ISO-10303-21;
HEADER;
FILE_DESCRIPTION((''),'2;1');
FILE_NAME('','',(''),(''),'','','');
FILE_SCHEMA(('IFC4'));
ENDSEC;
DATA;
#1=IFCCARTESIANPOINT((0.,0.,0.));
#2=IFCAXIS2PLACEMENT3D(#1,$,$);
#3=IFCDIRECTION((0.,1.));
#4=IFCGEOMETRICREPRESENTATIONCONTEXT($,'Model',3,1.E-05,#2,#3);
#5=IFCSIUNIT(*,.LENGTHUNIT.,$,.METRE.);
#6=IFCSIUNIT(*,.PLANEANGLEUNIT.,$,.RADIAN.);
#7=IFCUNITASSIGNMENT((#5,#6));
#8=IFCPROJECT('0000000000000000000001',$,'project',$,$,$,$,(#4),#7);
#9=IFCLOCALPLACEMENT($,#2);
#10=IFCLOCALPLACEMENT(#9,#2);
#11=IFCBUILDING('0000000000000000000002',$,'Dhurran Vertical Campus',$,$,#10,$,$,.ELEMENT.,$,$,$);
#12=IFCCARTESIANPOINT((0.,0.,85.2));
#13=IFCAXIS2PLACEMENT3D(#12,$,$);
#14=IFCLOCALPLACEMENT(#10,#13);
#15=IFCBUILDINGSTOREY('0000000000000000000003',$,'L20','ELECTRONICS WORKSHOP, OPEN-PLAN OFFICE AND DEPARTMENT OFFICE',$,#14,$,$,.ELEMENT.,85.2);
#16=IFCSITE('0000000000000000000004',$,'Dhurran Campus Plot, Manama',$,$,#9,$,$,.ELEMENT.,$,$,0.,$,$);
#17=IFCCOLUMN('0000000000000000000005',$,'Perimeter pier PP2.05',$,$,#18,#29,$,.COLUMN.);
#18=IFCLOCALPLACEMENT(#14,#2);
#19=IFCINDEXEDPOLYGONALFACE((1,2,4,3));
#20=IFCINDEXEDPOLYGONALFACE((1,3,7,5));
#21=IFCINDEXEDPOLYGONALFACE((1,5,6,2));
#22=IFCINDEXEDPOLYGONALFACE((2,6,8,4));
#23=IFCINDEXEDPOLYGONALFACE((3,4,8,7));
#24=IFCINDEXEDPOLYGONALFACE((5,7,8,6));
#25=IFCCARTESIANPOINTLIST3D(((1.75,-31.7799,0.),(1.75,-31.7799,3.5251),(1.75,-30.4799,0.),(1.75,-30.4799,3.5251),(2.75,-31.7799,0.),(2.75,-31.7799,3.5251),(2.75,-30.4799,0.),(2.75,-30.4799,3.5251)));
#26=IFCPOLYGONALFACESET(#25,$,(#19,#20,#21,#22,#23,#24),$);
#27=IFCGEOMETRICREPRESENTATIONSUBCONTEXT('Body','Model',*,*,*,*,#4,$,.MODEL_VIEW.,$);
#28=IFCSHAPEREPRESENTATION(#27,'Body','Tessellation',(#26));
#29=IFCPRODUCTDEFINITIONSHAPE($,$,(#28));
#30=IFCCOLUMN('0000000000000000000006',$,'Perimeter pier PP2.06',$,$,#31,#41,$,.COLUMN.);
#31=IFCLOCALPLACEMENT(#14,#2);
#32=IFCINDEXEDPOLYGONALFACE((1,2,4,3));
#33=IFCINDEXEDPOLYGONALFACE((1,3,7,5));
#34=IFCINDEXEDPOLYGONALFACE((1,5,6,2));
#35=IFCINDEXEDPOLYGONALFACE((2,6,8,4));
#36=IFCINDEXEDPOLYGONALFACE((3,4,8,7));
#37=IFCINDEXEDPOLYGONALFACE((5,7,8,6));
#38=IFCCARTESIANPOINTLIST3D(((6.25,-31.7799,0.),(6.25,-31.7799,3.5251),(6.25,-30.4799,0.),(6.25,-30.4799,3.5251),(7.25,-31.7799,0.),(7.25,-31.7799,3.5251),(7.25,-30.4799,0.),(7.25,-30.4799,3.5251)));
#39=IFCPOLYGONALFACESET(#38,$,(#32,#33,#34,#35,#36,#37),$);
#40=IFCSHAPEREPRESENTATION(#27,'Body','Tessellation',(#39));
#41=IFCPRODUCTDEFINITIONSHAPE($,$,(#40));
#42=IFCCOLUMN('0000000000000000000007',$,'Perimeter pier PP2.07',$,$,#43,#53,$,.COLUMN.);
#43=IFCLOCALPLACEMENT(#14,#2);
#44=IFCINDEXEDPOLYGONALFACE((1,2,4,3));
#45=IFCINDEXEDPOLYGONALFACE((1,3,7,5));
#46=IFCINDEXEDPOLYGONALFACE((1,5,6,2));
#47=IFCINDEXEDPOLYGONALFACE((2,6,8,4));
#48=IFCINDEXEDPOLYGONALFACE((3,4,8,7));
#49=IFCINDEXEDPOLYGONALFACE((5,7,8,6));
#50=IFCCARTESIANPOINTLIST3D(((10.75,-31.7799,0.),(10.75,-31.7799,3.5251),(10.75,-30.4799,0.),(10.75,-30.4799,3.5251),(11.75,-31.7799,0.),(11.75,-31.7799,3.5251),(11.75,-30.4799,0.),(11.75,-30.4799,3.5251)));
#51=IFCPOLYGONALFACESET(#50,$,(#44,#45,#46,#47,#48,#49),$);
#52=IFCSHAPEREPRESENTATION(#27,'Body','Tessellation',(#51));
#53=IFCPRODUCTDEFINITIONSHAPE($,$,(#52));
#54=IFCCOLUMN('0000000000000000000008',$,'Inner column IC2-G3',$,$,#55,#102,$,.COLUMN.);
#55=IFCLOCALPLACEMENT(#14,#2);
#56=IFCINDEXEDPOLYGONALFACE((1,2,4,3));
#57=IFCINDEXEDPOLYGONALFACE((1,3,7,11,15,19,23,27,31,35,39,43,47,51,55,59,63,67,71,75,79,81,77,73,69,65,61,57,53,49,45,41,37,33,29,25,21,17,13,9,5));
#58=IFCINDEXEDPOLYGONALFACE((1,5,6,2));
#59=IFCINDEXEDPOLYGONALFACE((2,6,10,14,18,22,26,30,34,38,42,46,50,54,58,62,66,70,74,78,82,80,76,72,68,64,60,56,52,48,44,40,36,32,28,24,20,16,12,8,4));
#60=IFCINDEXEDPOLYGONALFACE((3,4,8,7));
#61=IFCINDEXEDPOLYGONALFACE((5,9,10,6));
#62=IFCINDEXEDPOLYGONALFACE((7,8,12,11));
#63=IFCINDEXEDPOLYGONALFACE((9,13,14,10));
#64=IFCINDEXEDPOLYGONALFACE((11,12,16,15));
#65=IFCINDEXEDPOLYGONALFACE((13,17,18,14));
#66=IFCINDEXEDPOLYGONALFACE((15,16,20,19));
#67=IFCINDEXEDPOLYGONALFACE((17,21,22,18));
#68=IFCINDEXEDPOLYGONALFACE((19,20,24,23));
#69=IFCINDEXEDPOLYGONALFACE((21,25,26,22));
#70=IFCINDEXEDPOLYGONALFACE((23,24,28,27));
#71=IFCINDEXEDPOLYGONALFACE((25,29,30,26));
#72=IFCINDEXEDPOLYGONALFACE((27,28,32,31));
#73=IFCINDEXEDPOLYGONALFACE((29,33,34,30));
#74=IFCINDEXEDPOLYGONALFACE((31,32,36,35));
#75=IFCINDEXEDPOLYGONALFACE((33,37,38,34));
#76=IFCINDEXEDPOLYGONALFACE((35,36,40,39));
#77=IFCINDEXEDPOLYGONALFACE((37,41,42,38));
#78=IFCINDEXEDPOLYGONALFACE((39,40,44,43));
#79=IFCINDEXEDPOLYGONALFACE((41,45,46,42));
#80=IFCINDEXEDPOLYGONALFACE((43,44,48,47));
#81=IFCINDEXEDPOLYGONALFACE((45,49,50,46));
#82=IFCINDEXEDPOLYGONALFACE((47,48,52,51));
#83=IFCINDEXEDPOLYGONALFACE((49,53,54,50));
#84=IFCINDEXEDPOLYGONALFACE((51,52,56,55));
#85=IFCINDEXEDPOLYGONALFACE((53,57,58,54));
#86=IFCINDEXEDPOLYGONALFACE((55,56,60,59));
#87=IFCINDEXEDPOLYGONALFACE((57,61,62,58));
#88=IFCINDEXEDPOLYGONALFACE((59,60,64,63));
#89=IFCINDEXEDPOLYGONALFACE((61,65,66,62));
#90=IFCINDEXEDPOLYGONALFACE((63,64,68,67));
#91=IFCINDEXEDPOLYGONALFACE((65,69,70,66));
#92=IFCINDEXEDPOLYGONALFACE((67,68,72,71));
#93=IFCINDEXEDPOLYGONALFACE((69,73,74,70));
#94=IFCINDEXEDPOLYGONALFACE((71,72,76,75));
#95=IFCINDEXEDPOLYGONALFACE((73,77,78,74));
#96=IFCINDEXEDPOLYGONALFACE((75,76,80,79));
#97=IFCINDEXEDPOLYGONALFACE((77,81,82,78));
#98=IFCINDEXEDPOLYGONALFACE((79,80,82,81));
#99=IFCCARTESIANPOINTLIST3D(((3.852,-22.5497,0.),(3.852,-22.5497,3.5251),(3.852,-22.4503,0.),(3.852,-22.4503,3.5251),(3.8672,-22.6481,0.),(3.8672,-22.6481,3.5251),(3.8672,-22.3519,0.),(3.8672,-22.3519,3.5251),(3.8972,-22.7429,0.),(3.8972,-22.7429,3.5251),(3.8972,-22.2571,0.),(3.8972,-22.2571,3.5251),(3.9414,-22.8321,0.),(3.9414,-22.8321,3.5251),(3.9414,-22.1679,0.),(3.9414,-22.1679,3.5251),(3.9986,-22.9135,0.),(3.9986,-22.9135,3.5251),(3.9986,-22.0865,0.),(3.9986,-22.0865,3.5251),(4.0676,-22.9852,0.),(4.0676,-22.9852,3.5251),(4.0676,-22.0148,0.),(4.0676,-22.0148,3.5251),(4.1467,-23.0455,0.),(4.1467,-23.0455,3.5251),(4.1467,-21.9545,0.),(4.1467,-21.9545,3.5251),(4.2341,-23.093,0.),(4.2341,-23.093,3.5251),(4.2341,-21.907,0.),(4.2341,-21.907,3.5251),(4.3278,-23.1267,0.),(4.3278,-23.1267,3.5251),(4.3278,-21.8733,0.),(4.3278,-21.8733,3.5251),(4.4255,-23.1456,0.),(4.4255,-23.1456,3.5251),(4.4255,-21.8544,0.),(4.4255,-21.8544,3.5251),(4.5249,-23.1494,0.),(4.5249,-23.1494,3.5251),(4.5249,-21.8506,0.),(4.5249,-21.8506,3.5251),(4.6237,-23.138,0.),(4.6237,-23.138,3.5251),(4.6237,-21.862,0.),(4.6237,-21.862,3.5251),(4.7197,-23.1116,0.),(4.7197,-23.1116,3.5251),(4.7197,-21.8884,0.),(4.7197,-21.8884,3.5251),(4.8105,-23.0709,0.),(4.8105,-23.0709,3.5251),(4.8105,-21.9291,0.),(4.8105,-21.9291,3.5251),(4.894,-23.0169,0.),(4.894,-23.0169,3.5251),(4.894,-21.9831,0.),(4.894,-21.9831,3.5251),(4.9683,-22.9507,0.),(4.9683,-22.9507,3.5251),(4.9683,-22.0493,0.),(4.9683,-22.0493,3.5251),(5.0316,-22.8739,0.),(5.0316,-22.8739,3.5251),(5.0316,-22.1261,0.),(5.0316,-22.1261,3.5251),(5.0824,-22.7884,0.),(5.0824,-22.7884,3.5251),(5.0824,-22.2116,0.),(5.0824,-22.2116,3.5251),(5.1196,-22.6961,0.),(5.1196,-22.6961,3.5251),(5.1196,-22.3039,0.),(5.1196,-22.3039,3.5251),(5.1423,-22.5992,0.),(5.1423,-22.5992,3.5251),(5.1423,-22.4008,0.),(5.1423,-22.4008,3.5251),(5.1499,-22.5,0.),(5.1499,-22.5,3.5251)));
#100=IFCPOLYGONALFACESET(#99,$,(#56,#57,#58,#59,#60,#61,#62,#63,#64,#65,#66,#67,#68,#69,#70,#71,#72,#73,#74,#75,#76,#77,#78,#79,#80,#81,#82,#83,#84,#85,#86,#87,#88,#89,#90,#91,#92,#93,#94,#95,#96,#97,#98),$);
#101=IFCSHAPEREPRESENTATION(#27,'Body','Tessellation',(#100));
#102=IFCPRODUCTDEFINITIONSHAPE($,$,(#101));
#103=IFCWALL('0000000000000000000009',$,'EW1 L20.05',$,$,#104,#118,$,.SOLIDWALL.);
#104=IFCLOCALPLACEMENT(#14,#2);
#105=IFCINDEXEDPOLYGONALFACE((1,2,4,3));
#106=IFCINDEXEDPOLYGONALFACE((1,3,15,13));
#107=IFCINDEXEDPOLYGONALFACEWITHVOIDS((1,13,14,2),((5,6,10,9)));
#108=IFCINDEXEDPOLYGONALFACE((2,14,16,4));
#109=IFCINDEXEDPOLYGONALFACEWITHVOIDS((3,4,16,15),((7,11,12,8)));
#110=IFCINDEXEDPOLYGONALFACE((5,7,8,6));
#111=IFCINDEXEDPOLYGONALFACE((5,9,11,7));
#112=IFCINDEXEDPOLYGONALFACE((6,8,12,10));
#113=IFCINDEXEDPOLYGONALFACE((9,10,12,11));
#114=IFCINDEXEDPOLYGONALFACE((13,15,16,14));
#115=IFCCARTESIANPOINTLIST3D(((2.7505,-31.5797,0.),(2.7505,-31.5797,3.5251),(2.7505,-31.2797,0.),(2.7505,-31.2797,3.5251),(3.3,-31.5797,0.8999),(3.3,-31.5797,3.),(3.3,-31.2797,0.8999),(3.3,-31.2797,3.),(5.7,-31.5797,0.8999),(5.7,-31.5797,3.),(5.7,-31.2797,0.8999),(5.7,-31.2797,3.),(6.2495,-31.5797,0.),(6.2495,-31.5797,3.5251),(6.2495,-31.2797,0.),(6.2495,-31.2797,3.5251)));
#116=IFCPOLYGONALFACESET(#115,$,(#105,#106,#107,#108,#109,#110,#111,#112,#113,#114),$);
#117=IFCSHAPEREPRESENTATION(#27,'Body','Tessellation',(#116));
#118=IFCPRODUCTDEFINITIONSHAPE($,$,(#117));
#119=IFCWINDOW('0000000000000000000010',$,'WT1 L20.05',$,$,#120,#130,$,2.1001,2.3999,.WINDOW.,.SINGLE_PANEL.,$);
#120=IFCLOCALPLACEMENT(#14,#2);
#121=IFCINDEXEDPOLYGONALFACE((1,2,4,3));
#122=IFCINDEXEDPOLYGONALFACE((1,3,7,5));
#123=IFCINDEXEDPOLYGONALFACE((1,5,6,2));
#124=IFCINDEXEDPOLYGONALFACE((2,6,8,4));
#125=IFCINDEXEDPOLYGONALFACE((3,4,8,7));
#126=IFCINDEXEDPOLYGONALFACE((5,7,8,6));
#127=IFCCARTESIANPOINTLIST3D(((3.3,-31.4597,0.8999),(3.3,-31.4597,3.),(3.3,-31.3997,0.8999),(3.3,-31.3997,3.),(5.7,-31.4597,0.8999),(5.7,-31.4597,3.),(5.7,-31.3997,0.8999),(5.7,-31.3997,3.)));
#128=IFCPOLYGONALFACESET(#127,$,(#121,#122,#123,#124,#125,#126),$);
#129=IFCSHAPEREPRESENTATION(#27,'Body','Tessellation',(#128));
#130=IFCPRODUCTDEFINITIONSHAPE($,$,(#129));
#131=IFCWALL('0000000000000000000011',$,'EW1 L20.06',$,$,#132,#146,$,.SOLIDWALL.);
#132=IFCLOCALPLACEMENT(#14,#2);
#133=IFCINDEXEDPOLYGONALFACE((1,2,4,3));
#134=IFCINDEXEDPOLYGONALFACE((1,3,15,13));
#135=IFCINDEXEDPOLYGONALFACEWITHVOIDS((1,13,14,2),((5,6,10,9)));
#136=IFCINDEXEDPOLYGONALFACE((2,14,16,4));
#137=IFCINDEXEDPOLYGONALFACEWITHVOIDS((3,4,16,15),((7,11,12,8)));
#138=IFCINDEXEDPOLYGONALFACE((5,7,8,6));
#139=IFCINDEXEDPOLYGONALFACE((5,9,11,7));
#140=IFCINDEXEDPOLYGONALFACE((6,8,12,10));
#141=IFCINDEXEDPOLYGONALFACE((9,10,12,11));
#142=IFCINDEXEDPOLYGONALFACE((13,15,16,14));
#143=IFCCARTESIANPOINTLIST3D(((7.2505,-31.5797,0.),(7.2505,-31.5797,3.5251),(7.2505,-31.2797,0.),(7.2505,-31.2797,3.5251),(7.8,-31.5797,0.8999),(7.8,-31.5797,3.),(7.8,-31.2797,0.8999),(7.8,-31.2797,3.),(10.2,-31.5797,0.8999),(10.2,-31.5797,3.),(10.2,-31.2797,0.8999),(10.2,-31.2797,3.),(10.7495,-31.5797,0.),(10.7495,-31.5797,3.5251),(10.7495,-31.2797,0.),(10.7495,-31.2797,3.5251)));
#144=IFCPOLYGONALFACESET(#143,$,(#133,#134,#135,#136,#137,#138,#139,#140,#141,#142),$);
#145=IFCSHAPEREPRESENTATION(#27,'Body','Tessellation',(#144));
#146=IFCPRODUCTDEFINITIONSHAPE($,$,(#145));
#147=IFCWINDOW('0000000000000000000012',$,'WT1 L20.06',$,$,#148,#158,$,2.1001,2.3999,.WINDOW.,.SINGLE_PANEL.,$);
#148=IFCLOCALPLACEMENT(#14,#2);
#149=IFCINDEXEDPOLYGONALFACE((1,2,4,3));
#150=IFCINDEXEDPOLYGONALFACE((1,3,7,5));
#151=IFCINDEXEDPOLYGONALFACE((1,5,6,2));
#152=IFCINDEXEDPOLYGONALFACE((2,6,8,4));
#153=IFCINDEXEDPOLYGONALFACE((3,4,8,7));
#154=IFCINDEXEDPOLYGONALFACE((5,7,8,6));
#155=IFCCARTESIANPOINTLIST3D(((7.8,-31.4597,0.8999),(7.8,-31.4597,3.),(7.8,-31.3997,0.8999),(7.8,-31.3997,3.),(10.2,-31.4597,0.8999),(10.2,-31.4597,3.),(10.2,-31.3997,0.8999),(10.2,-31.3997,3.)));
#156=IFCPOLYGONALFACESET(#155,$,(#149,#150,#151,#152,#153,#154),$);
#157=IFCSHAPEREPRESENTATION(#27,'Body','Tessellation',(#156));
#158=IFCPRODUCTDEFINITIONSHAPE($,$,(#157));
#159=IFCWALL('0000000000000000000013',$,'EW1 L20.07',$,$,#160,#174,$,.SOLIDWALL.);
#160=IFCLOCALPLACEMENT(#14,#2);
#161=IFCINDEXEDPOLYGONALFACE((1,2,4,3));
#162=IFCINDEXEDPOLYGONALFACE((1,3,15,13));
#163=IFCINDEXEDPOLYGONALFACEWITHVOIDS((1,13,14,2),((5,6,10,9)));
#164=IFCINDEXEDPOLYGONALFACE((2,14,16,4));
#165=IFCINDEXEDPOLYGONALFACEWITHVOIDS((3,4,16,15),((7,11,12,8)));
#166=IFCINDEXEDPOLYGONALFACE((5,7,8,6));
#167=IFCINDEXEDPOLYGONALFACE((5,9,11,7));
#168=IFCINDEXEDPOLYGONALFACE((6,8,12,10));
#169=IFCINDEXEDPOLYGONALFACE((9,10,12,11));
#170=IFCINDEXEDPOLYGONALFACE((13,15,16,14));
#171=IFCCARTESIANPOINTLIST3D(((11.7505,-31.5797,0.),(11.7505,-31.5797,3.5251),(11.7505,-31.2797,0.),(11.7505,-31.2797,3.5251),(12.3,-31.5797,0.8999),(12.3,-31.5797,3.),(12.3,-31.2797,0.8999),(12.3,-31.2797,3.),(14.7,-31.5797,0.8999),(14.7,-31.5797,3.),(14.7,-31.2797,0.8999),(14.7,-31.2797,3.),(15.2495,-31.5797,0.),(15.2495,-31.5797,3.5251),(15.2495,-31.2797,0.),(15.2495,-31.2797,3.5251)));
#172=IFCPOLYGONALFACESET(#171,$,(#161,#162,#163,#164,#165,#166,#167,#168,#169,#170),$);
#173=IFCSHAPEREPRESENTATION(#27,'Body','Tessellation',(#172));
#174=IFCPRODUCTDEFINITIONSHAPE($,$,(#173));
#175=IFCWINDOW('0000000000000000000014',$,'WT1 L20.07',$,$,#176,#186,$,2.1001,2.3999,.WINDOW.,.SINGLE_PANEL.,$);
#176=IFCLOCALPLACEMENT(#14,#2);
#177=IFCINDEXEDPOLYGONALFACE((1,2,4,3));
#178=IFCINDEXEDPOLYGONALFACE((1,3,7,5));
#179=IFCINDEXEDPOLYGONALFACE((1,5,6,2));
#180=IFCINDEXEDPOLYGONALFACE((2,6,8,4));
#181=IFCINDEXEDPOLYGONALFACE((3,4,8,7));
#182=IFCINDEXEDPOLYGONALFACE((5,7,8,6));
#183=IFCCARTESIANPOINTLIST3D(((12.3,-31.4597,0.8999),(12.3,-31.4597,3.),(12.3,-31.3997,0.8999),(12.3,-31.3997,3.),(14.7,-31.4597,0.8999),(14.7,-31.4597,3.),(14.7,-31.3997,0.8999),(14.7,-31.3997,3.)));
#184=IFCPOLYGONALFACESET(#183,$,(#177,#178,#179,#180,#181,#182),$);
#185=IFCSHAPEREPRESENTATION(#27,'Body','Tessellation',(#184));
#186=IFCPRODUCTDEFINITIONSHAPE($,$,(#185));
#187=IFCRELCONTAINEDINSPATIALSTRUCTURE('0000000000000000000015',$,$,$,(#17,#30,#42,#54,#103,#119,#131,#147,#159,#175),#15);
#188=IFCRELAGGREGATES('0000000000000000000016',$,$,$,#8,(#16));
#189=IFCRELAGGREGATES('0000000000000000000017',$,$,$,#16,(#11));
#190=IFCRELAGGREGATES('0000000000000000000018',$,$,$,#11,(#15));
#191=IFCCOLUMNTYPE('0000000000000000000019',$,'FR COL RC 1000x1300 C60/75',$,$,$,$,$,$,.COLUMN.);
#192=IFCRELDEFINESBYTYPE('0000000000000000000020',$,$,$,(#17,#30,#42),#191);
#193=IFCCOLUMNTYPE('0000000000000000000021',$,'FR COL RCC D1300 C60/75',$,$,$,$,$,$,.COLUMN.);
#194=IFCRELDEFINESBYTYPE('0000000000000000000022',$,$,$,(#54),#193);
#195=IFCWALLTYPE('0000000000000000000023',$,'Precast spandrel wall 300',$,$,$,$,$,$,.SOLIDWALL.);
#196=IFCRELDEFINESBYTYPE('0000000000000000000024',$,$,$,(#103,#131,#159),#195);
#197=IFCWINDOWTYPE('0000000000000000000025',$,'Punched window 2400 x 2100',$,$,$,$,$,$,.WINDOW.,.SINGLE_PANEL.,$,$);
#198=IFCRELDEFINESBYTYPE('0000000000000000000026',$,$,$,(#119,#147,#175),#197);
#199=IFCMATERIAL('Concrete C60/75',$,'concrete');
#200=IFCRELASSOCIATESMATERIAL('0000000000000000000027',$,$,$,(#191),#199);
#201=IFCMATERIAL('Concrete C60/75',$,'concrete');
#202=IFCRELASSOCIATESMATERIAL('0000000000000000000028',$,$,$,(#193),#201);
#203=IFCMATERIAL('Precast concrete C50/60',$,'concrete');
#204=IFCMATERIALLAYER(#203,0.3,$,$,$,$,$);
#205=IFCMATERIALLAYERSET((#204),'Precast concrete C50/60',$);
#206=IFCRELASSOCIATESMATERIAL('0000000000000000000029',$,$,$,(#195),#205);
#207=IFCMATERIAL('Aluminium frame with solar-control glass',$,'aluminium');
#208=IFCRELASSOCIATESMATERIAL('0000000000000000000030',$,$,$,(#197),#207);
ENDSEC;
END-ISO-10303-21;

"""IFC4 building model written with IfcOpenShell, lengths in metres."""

from ifc_helpers import new_model, si_unit, direction, frame, frame_2d, origin, origin_2d, place, context, subcontext, project, spatial, rectangle, circle, extrude, material, layer, layer_set, material_profile, profile_set, type_object, element, fill, save


model = new_model("IFC4")

# Units and contexts
model_context = context("Model", 3, precision=1e-05, world=origin(), true_north=direction((0.0, 1.0)))
body_context = subcontext(model_context, "Body", "Model", "MODEL_VIEW")
ifc_project = project(units=[si_unit("LENGTHUNIT", "METRE"), si_unit("PLANEANGLEUNIT", "RADIAN")], contexts=[model_context])

# Site, building, storey
site_placement = place(None, origin())
site = spatial("IfcSite", under=ifc_project, at=site_placement, Name="Dhurran Campus Plot, Manama", CompositionType="ELEMENT", RefElevation=0.0)
building_placement = place(site_placement, origin())
building = spatial("IfcBuilding", under=site, at=building_placement, Name="Dhurran Vertical Campus", CompositionType="ELEMENT")
storey_placement = place(building_placement, frame((0.0, 0.0, 85.2)))
storey = spatial("IfcBuildingStorey", under=building, at=storey_placement, Name="L20", Description="ELECTRONICS WORKSHOP, OPEN-PLAN OFFICE AND DEPARTMENT OFFICE", CompositionType="ELEMENT", Elevation=85.2)

# Columns
ifc_material_1 = material(Name="Concrete C60/75", Category="concrete")
ifc_material_profile_1 = material_profile(ifc_material_1, rectangle(XDim=1.0, YDim=1.3, at=origin_2d()), Name="RC 1000x1300")
ifc_profile_set_1 = profile_set([ifc_material_profile_1], Name="Concrete C60/75")
column_type_1 = type_object("IfcColumnType", Name="FR COL RC 1000x1300 C60/75", PredefinedType="COLUMN", material=ifc_profile_set_1)
for number, where, z_axis, x_axis, name in (
    (1, (2.25, -31.1299, 0.0), (0.0, 0.0, 1.0), (1.0, 0.0, 0.0), "Perimeter pier PP2.05"),
    (2, (6.75, -31.1299, 0.0), (0.0, 0.0, 1.0), (1.0, 0.0, 0.0), "Perimeter pier PP2.06"),
    (3, (11.25, -31.1299, 0.0), (0.0, 0.0, 1.0), (1.0, 0.0, 0.0), "Perimeter pier PP2.07"),
):
    element("IfcColumn", number, at=place(storey_placement, frame(where, z_axis=z_axis, x_axis=x_axis)), inside=storey, type_object=column_type_1, Name=name, PredefinedType="COLUMN", context=body_context, shape_type="SweptSolid", body=[
        extrude(rectangle(XDim=1.0, YDim=1.3, at=origin_2d()), origin(), (0.0, 0.0, 1.0), 3.5251),
    ])
ifc_material_2 = material(Name="Concrete C60/75", Category="concrete")
ifc_material_profile_2 = material_profile(ifc_material_2, circle(Radius=0.6499, at=origin_2d()), Name="RCC D1300")
ifc_profile_set_2 = profile_set([ifc_material_profile_2], Name="Concrete C60/75")
column_type_2 = type_object("IfcColumnType", Name="FR COL RCC D1300 C60/75", PredefinedType="COLUMN", material=ifc_profile_set_2)
column_placement = place(storey_placement, frame((4.5, -22.5, 0.0), z_axis=(0.0, 0.0, 1.0), x_axis=(1.0, 0.0, 0.0)))
element("IfcColumn", 4, at=column_placement, inside=storey, type_object=column_type_2, Name="Inner column IC2-G3", PredefinedType="COLUMN", context=body_context, shape_type="SweptSolid", body=[
    extrude(circle(Radius=0.6499, at=origin_2d()), origin(), (0.0, 0.0, 1.0), 3.5251),
])

# Walls, openings, windows
ifc_material_3 = material(Name="Precast concrete C50/60", Category="concrete")
ifc_layer_1 = layer(ifc_material_3, 0.3)
ifc_layer_set_1 = layer_set([ifc_layer_1], Name="Precast concrete C50/60")
wall_type_1 = type_object("IfcWallType", Name="Precast spandrel wall 300", PredefinedType="SOLIDWALL", material=ifc_layer_set_1)
wall_1_placement = place(storey_placement, frame((2.7505, -31.4297, 0.0), z_axis=(0.0, 0.0, 1.0), x_axis=(1.0, 0.0, 0.0)))
wall_1 = element("IfcWall", 5, at=wall_1_placement, inside=storey, type_object=wall_type_1, Name="EW1 L20.05", PredefinedType="SOLIDWALL", context=body_context, shape_type="SweptSolid", body=[
    extrude(rectangle(XDim=3.499, YDim=0.3, at=frame_2d((1.7495, 0.0))), origin(), (0.0, 0.0, 1.0), 3.5251),
])
opening_1_placement = place(wall_1_placement, frame((0.5496, 0.0, 0.8999)))
opening_1 = element("IfcOpeningElement", 6, at=opening_1_placement, cuts=wall_1, PredefinedType="OPENING", context=body_context, shape_type="SweptSolid", body=[
    extrude(rectangle(XDim=2.3999, YDim=2.1001, at=frame_2d((1.2, 1.05))), frame((0.0, 0.1599, 0.0), z_axis=(0.0, -1.0, 0.0), x_axis=(1.0, 0.0, 0.0)), (0.0, 0.0, 1.0), 0.3201),
])
ifc_material_4 = material(Name="Aluminium frame with solar-control glass", Category="aluminium")
window_type = type_object("IfcWindowType", Name="Punched window 2400 x 2100", PartitioningType="SINGLE_PANEL", PredefinedType="WINDOW", material=ifc_material_4)
window_1_placement = place(opening_1_placement, origin())
window_1 = element("IfcWindow", 7, at=window_1_placement, inside=storey, type_object=window_type, Name="WT1 L20.05", OverallHeight=2.1001, OverallWidth=2.3999, PartitioningType="SINGLE_PANEL", PredefinedType="WINDOW", context=body_context, shape_type="SweptSolid", body=[
    extrude(rectangle(XDim=2.3999, YDim=2.1001, at=frame_2d((1.2, 1.05))), frame((0.0, 0.03, 0.0), z_axis=(0.0, -1.0, 0.0), x_axis=(1.0, 0.0, 0.0)), (0.0, 0.0, 1.0), 0.0601),
])
fill(opening_1, window_1)
wall_2_placement = place(storey_placement, frame((7.2505, -31.4297, 0.0), z_axis=(0.0, 0.0, 1.0), x_axis=(1.0, 0.0, 0.0)))
wall_2 = element("IfcWall", 8, at=wall_2_placement, inside=storey, type_object=wall_type_1, Name="EW1 L20.06", PredefinedType="SOLIDWALL", context=body_context, shape_type="SweptSolid", body=[
    extrude(rectangle(XDim=3.499, YDim=0.3, at=frame_2d((1.7495, 0.0))), origin(), (0.0, 0.0, 1.0), 3.5251),
])
opening_2_placement = place(wall_2_placement, frame((0.5496, 0.0, 0.8999)))
opening_2 = element("IfcOpeningElement", 9, at=opening_2_placement, cuts=wall_2, PredefinedType="OPENING", context=body_context, shape_type="SweptSolid", body=[
    extrude(rectangle(XDim=2.3999, YDim=2.1001, at=frame_2d((1.2, 1.05))), frame((0.0, 0.1599, 0.0), z_axis=(0.0, -1.0, 0.0), x_axis=(1.0, 0.0, 0.0)), (0.0, 0.0, 1.0), 0.3201),
])
window_2_placement = place(opening_2_placement, origin())
window_2 = element("IfcWindow", 10, at=window_2_placement, inside=storey, type_object=window_type, Name="WT1 L20.06", OverallHeight=2.1001, OverallWidth=2.3999, PartitioningType="SINGLE_PANEL", PredefinedType="WINDOW", context=body_context, shape_type="SweptSolid", body=[
    extrude(rectangle(XDim=2.3999, YDim=2.1001, at=frame_2d((1.2, 1.05))), frame((0.0, 0.03, 0.0), z_axis=(0.0, -1.0, 0.0), x_axis=(1.0, 0.0, 0.0)), (0.0, 0.0, 1.0), 0.0601),
])
fill(opening_2, window_2)
wall_3_placement = place(storey_placement, frame((11.7505, -31.4297, 0.0), z_axis=(0.0, 0.0, 1.0), x_axis=(1.0, 0.0, 0.0)))
wall_3 = element("IfcWall", 11, at=wall_3_placement, inside=storey, type_object=wall_type_1, Name="EW1 L20.07", PredefinedType="SOLIDWALL", context=body_context, shape_type="SweptSolid", body=[
    extrude(rectangle(XDim=3.499, YDim=0.3, at=frame_2d((1.7495, 0.0))), origin(), (0.0, 0.0, 1.0), 3.5251),
])
opening_3_placement = place(wall_3_placement, frame((0.5496, 0.0, 0.8999)))
opening_3 = element("IfcOpeningElement", 12, at=opening_3_placement, cuts=wall_3, PredefinedType="OPENING", context=body_context, shape_type="SweptSolid", body=[
    extrude(rectangle(XDim=2.3999, YDim=2.1001, at=frame_2d((1.2, 1.05))), frame((0.0, 0.1599, 0.0), z_axis=(0.0, -1.0, 0.0), x_axis=(1.0, 0.0, 0.0)), (0.0, 0.0, 1.0), 0.3201),
])
window_3_placement = place(opening_3_placement, origin())
window_3 = element("IfcWindow", 13, at=window_3_placement, inside=storey, type_object=window_type, Name="WT1 L20.07", OverallHeight=2.1001, OverallWidth=2.3999, PartitioningType="SINGLE_PANEL", PredefinedType="WINDOW", context=body_context, shape_type="SweptSolid", body=[
    extrude(rectangle(XDim=2.3999, YDim=2.1001, at=frame_2d((1.2, 1.05))), frame((0.0, 0.03, 0.0), z_axis=(0.0, -1.0, 0.0), x_axis=(1.0, 0.0, 0.0)), (0.0, 0.0, 1.0), 0.0601),
])
fill(opening_3, window_3)

save(model, "model.ifc")
